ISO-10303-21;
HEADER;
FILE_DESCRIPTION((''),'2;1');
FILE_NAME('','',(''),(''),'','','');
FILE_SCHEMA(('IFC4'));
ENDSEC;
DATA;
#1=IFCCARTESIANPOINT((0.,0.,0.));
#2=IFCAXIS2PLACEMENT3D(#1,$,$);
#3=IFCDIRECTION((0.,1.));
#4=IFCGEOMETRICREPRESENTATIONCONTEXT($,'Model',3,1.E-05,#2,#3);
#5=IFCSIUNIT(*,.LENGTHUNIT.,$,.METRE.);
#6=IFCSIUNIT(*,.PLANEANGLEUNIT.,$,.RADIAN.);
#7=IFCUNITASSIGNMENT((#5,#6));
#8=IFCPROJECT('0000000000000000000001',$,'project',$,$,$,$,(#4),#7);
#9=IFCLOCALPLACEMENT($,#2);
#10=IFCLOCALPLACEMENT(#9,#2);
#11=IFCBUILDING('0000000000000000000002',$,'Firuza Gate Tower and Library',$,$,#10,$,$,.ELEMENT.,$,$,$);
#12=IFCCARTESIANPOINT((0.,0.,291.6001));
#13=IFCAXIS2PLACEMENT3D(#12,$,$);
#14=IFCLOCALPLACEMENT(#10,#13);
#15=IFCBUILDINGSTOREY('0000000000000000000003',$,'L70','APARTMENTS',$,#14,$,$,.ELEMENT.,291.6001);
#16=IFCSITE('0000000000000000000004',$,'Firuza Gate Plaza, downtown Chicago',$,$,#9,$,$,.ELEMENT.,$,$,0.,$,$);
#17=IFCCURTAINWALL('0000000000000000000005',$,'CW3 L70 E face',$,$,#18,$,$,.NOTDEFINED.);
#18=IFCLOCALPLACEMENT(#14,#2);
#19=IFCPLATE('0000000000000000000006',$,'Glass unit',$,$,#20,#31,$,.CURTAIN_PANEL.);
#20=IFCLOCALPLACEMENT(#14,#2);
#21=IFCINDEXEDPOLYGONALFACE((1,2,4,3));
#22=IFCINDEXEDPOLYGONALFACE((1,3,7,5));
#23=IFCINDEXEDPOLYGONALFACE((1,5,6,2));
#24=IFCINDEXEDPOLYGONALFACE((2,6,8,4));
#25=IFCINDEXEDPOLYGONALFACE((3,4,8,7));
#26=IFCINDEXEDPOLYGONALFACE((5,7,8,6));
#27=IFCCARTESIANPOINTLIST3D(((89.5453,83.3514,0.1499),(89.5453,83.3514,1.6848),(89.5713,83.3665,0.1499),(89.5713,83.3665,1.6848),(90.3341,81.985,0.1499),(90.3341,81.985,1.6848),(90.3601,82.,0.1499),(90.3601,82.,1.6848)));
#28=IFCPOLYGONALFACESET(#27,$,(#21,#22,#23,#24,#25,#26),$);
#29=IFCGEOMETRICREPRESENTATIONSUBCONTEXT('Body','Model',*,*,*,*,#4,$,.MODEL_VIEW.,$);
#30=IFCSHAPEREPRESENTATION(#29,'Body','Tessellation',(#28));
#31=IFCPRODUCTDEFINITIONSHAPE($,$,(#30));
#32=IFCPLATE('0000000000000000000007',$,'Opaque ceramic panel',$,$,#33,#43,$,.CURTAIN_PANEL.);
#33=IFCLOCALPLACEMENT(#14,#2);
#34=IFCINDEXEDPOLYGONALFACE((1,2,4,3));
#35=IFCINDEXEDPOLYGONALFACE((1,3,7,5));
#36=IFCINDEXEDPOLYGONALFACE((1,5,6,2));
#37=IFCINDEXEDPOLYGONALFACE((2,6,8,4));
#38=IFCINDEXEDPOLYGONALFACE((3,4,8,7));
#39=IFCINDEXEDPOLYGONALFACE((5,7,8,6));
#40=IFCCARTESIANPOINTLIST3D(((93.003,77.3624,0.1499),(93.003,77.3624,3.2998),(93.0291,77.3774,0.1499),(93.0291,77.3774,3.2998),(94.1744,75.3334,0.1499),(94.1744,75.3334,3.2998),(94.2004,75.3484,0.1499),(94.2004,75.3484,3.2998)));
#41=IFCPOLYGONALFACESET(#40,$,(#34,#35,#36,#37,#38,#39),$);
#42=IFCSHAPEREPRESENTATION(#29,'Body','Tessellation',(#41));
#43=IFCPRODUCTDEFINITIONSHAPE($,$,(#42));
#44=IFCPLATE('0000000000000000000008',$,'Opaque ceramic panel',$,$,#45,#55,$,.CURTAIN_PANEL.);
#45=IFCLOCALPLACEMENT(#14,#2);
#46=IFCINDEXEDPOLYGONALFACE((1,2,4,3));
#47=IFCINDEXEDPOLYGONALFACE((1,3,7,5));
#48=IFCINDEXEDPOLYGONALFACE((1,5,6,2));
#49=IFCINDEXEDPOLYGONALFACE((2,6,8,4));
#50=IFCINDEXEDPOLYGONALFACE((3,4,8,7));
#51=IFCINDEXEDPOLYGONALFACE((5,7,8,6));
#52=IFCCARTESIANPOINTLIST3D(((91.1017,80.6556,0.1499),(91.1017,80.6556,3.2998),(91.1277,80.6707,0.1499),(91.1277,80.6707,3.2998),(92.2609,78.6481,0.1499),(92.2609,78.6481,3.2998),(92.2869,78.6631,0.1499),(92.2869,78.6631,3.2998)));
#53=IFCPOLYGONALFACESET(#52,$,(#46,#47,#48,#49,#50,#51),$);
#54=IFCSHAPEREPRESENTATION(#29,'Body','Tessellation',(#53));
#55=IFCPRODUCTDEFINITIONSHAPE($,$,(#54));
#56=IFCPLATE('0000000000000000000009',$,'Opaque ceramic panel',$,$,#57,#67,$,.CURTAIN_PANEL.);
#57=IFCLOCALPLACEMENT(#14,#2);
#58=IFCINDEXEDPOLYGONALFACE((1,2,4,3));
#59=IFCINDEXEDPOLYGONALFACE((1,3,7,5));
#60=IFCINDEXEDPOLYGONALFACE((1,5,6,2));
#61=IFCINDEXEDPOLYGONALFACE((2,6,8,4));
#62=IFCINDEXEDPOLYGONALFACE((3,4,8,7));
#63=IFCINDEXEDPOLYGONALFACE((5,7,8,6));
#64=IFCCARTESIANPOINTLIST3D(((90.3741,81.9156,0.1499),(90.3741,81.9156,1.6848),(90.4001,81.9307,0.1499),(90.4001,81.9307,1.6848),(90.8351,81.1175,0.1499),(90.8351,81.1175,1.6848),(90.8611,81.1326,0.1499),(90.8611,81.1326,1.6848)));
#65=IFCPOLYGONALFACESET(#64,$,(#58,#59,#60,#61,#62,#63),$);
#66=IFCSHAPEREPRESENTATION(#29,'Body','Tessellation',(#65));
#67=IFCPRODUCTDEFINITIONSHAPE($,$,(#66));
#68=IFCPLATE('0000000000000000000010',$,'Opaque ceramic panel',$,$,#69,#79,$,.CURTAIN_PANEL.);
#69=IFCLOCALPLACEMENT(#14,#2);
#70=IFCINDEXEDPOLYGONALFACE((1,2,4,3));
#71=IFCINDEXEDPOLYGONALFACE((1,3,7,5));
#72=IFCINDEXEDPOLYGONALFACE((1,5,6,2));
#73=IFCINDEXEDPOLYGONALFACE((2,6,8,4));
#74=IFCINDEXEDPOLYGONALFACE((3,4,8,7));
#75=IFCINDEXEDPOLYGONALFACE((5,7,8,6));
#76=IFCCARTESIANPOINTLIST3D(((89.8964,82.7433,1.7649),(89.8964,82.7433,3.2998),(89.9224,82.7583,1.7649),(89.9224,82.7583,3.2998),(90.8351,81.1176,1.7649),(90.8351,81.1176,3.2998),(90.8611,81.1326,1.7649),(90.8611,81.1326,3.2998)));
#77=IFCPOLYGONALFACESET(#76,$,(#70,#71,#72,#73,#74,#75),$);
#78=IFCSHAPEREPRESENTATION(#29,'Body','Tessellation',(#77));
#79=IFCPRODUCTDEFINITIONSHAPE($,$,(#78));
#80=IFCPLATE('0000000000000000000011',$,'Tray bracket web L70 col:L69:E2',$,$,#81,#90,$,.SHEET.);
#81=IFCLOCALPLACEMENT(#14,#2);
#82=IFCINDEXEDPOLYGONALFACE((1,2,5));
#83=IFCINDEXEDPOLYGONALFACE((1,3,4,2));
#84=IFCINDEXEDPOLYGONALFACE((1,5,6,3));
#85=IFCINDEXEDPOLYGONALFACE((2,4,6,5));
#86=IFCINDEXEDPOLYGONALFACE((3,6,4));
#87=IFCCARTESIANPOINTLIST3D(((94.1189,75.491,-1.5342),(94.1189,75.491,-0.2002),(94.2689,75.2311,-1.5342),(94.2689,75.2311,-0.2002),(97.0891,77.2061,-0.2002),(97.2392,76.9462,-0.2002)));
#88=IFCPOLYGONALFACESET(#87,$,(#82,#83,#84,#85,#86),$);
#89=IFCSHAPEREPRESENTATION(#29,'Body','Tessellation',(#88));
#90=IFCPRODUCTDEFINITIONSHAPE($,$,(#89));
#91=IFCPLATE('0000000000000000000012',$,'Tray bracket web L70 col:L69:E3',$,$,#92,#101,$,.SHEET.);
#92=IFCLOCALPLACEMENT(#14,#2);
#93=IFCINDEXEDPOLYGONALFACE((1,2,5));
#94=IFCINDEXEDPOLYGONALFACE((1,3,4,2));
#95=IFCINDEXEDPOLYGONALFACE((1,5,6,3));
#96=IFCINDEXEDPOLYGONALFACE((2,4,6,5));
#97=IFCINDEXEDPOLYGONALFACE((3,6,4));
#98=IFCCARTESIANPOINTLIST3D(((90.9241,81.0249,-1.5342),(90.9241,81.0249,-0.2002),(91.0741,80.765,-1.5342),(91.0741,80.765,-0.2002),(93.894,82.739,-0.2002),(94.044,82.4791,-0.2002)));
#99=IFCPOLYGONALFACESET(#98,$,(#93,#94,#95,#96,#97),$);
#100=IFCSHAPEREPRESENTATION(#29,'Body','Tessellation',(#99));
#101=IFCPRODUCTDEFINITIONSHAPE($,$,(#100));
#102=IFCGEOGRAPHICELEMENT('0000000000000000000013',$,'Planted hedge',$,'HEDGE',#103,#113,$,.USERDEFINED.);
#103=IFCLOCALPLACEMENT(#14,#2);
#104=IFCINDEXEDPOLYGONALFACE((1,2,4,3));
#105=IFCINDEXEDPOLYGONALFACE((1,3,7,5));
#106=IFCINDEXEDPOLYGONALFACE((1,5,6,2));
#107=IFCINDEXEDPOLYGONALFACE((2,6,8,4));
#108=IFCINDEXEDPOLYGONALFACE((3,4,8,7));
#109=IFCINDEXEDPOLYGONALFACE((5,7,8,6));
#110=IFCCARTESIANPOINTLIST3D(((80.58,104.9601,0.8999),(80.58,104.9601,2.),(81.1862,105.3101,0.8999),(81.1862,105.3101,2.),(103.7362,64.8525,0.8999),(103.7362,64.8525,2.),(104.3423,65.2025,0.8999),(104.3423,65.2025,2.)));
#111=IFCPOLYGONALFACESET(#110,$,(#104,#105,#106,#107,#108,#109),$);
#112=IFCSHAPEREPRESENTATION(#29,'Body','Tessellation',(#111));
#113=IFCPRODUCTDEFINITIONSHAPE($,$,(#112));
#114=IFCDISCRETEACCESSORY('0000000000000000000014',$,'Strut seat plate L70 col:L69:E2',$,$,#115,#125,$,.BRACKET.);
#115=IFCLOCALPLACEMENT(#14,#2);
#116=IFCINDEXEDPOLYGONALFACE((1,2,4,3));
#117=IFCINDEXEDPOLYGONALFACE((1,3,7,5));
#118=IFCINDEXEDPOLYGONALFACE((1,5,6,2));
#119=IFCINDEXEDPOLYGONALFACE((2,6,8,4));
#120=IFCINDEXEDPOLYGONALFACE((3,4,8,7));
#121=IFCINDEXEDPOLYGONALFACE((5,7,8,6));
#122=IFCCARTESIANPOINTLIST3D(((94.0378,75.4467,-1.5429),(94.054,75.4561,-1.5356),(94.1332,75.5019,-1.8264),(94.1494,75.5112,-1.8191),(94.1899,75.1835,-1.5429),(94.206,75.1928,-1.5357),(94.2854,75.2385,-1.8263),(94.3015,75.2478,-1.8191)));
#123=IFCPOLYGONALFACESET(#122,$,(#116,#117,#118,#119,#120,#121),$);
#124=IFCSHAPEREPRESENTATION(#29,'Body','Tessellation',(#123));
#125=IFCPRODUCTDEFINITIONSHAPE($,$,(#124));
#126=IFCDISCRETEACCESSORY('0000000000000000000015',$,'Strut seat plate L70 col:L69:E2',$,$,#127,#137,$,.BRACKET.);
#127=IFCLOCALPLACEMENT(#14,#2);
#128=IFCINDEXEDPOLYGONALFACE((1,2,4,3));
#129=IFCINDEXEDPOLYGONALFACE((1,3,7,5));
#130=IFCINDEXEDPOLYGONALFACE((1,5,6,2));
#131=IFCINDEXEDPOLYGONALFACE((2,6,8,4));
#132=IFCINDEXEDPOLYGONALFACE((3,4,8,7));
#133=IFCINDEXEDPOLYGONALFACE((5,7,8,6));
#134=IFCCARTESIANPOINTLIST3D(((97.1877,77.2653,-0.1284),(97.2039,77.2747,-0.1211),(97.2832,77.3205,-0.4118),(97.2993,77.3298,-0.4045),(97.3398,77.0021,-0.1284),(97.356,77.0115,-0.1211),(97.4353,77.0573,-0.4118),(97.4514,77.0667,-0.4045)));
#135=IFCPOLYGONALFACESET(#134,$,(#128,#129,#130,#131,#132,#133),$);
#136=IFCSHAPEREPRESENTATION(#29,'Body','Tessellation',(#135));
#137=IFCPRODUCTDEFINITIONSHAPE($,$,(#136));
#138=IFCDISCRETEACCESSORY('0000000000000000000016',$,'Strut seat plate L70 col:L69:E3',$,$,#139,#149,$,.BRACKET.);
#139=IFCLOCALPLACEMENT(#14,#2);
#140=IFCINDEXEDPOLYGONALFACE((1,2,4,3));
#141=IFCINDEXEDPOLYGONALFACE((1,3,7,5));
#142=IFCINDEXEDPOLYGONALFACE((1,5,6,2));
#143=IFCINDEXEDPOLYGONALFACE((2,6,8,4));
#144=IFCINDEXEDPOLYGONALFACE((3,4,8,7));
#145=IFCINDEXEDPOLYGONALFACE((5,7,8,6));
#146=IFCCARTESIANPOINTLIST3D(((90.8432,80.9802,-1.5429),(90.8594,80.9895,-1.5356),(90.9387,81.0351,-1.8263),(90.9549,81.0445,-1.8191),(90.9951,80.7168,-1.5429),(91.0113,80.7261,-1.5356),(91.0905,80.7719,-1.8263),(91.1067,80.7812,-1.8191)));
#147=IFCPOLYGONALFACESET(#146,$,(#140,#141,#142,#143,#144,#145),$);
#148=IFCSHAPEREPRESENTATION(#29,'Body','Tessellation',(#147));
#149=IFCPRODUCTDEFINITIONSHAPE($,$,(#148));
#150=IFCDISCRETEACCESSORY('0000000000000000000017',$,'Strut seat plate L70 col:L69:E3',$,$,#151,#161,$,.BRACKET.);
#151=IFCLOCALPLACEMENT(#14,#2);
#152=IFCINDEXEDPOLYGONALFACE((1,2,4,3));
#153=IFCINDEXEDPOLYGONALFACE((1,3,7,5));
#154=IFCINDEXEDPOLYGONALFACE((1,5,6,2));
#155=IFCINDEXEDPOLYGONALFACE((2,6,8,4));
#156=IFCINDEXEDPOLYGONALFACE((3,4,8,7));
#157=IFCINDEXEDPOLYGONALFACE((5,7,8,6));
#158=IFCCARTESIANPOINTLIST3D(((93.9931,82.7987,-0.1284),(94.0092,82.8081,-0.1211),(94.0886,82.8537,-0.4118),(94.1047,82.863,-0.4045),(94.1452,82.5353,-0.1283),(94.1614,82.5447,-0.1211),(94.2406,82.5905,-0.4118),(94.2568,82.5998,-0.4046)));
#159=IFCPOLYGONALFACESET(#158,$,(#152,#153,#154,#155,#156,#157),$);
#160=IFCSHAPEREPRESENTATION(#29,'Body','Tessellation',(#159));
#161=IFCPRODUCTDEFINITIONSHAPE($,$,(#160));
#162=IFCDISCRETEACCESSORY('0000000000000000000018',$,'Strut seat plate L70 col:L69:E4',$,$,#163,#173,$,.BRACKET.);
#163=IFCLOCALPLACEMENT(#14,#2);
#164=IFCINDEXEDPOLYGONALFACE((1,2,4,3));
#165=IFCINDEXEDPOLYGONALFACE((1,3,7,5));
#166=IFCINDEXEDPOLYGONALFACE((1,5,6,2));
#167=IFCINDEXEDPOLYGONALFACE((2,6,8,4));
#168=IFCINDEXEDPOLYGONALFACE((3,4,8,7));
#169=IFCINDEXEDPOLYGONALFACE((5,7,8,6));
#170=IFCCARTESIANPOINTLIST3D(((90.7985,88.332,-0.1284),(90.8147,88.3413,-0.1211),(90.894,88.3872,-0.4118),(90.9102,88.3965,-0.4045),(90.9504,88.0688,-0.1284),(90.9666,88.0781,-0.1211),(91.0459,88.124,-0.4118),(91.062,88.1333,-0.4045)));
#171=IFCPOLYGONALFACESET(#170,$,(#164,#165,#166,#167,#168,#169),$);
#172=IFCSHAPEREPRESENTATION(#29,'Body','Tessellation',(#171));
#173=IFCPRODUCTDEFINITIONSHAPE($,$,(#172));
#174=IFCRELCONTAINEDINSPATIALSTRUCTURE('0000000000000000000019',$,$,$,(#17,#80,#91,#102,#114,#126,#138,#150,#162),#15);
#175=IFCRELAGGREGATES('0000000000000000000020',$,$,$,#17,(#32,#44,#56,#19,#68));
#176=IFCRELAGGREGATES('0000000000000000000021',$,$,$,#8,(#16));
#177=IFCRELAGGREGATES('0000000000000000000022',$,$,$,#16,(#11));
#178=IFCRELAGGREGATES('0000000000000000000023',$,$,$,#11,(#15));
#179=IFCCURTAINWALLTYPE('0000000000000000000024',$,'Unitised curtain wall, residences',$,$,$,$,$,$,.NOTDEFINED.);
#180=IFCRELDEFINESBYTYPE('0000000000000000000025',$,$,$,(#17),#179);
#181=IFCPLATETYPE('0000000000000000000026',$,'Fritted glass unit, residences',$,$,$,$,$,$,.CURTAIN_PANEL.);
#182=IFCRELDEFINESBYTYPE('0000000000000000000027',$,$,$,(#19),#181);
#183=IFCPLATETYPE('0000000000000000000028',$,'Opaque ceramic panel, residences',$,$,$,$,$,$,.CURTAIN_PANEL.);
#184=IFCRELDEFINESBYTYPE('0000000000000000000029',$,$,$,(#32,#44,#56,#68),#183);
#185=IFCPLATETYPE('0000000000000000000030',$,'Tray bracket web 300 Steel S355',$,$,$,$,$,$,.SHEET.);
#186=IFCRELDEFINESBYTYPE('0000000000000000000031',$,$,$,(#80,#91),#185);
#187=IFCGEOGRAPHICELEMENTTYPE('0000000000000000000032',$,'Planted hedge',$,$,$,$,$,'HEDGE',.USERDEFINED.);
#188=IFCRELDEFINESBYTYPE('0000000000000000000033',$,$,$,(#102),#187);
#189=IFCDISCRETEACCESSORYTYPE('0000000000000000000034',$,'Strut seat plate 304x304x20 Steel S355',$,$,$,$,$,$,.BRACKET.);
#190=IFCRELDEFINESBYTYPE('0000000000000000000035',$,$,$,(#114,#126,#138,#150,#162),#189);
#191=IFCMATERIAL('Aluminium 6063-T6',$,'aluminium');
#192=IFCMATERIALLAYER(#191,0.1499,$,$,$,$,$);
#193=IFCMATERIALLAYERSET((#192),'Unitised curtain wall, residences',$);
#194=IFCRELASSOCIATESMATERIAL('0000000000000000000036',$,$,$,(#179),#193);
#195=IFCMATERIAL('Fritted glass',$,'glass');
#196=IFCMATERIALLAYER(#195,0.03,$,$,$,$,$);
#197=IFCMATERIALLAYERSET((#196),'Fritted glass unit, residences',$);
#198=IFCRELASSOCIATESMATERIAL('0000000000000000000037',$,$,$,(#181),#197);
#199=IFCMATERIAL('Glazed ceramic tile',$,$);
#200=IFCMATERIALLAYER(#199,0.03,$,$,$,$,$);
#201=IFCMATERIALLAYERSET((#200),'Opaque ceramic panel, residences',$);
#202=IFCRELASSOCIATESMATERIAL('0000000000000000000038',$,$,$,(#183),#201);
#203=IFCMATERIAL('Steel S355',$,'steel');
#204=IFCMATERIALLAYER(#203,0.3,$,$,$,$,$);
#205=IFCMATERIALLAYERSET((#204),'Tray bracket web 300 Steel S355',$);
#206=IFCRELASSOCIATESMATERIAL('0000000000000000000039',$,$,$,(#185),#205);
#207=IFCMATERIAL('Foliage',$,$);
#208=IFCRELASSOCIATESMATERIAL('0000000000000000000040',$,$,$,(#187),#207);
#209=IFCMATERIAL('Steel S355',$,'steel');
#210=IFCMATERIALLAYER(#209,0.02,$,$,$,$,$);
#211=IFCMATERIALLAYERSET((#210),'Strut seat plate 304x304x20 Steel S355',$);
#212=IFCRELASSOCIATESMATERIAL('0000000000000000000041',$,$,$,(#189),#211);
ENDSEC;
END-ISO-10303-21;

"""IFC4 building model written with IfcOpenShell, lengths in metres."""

from ifc_helpers import new_model, si_unit, direction, frame, origin, origin_2d, place, context, subcontext, project, spatial, polyline, rectangle, outline, extrude, material, layer, layer_set, type_object, element, aggregate, save


model = new_model("IFC4")

# Units and contexts
model_context = context("Model", 3, precision=1e-05, world=origin(), true_north=direction((0.0, 1.0)))
body_context = subcontext(model_context, "Body", "Model", "MODEL_VIEW")
ifc_project = project(units=[si_unit("LENGTHUNIT", "METRE"), si_unit("PLANEANGLEUNIT", "RADIAN")], contexts=[model_context])

# Site, building, storey
site_placement = place(None, origin())
site = spatial("IfcSite", under=ifc_project, at=site_placement, Name="Firuza Gate Plaza, downtown Chicago", CompositionType="ELEMENT", RefElevation=0.0)
building_placement = place(site_placement, origin())
building = spatial("IfcBuilding", under=site, at=building_placement, Name="Firuza Gate Tower and Library", CompositionType="ELEMENT")
storey_placement = place(building_placement, frame((0.0, 0.0, 291.6001)))
storey = spatial("IfcBuildingStorey", under=building, at=storey_placement, Name="L70", Description="APARTMENTS", CompositionType="ELEMENT", Elevation=291.6001)

# Curtain wall
ifc_material_1 = material(Name="Aluminium 6063-T6", Category="aluminium")
ifc_layer_1 = layer(ifc_material_1, 0.1499)
ifc_layer_set_1 = layer_set([ifc_layer_1], Name="Unitised curtain wall, residences")
curtain_wall_type = type_object("IfcCurtainWallType", Name="Unitised curtain wall, residences", PredefinedType="NOTDEFINED", material=ifc_layer_set_1)
curtain_wall_placement = place(storey_placement, origin())
curtain_wall = element("IfcCurtainWall", 1, at=curtain_wall_placement, inside=storey, type_object=curtain_wall_type, Name="CW3 L70 E face", PredefinedType="NOTDEFINED")

# Plates
ifc_material_2 = material(Name="Fritted glass", Category="glass")
ifc_layer_2 = layer(ifc_material_2, 0.03)
ifc_layer_set_2 = layer_set([ifc_layer_2], Name="Fritted glass unit, residences")
plate_type_1 = type_object("IfcPlateType", Name="Fritted glass unit, residences", PredefinedType="CURTAIN_PANEL", material=ifc_layer_set_2)
plate_1_placement = place(storey_placement, frame((90.3601, 82.0, 0.1499), z_axis=(0.866054, 0.49995, 0.0), x_axis=(-0.49995, 0.866054, 0.0)))
plate_1 = element("IfcPlate", 2, at=plate_1_placement, type_object=plate_type_1, Name="Glass unit", PredefinedType="CURTAIN_PANEL", context=body_context, shape_type="SweptSolid", body=[
    extrude(outline(polyline([(0.0, 0.0), (1.5778, 0.0), (1.5778, 1.5349), (0.0, 1.5349), (0.0, 0.0)])), origin(), (0.0, 0.0, -1.0), 0.03),
])
ifc_material_3 = material(Name="Glazed ceramic tile")
ifc_layer_3 = layer(ifc_material_3, 0.03)
ifc_layer_set_3 = layer_set([ifc_layer_3], Name="Opaque ceramic panel, residences")
plate_type_2 = type_object("IfcPlateType", Name="Opaque ceramic panel, residences", PredefinedType="CURTAIN_PANEL", material=ifc_layer_set_3)
plate_2_placement = place(storey_placement, frame((94.2004, 75.3484, 0.1499), z_axis=(0.866042, 0.499972, 0.0), x_axis=(-0.499972, 0.866042, 0.0)))
plate_2 = element("IfcPlate", 3, at=plate_2_placement, type_object=plate_type_2, Name="Opaque ceramic panel", PredefinedType="CURTAIN_PANEL", context=body_context, shape_type="SweptSolid", body=[
    extrude(outline(polyline([(0.0, 0.0), (2.3429, 0.0), (2.3429, 3.1499), (0.0, 3.1499), (0.0, 0.0)])), origin(), (0.0, 0.0, -1.0), 0.03),
])
plate_3_placement = place(storey_placement, frame((92.2869, 78.6631, 0.1499), z_axis=(0.866005, 0.500035, 0.0), x_axis=(-0.500035, 0.866005, 0.0)))
plate_3 = element("IfcPlate", 4, at=plate_3_placement, type_object=plate_type_2, Name="Opaque ceramic panel", PredefinedType="CURTAIN_PANEL", context=body_context, shape_type="SweptSolid", body=[
    extrude(outline(polyline([(0.0, 0.0), (2.3182, 0.0), (2.3182, 3.1499), (0.0, 3.1499), (0.0, 0.0)])), origin(), (0.0, 0.0, -1.0), 0.03),
])
plate_4_placement = place(storey_placement, frame((90.8611, 81.1326, 0.1499), z_axis=(0.865952, 0.500128, 0.0), x_axis=(-0.500128, 0.865952, 0.0)))
plate_4 = element("IfcPlate", 5, at=plate_4_placement, type_object=plate_type_2, Name="Opaque ceramic panel", PredefinedType="CURTAIN_PANEL", context=body_context, shape_type="SweptSolid", body=[
    extrude(outline(polyline([(0.0, 0.0), (0.9216, 0.0), (0.9216, 1.5349), (0.0, 1.5349), (0.0, 0.0)])), origin(), (0.0, 0.0, -1.0), 0.03),
])
plate_5_placement = place(storey_placement, frame((90.8611, 81.1326, 1.7649), z_axis=(0.866001, 0.500041, 0.0), x_axis=(-0.500041, 0.866001, 0.0)))
plate_5 = element("IfcPlate", 6, at=plate_5_placement, type_object=plate_type_2, Name="Opaque ceramic panel", PredefinedType="CURTAIN_PANEL", context=body_context, shape_type="SweptSolid", body=[
    extrude(outline(polyline([(0.0, 0.0), (1.8773, 0.0), (1.8773, 1.5349), (0.0, 1.5349), (0.0, 0.0)])), origin(), (0.0, 0.0, -1.0), 0.03),
])
aggregate(curtain_wall, [plate_2, plate_3, plate_4, plate_1, plate_5])

# Plates
ifc_material_4 = material(Name="Steel S355", Category="steel")
ifc_layer_4 = layer(ifc_material_4, 0.3)
ifc_layer_set_4 = layer_set([ifc_layer_4], Name="Tray bracket web 300 Steel S355")
plate_type_3 = type_object("IfcPlateType", Name="Tray bracket web 300 Steel S355", PredefinedType="SHEET", material=ifc_layer_set_4)
plate_6_placement = place(storey_placement, frame((94.1189, 75.491, -0.2002), z_axis=(-0.500051, 0.865996, 0.0), x_axis=(0.865996, 0.500051, 0.0)))
element("IfcPlate", 7, at=plate_6_placement, inside=storey, type_object=plate_type_3, Name="Tray bracket web L70 col:L69:E2", PredefinedType="SHEET", context=body_context, shape_type="SweptSolid", body=[
    extrude(outline(polyline([(0.0, 0.0), (3.4298, 0.0), (0.0, 1.334), (0.0, 0.0)])), origin(), (0.0, 0.0, -1.0), 0.3),
])
plate_7_placement = place(storey_placement, frame((90.9241, 81.0249, -0.2002), z_axis=(-0.499868, 0.866101, 0.0), x_axis=(0.866101, 0.499868, 0.0)))
element("IfcPlate", 8, at=plate_7_placement, inside=storey, type_object=plate_type_3, Name="Tray bracket web L70 col:L69:E3", PredefinedType="SHEET", context=body_context, shape_type="SweptSolid", body=[
    extrude(outline(polyline([(0.0, 0.0), (3.4291, 0.0), (0.0, 1.334), (0.0, 0.0)])), origin(), (0.0, 0.0, -1.0), 0.3),
])

# Geographic element
ifc_material_5 = material(Name="Foliage")
geographic_element_type = type_object("IfcGeographicElementType", Name="Planted hedge", ElementType="HEDGE", PredefinedType="USERDEFINED", material=ifc_material_5)
geographic_element_placement = place(storey_placement, frame((92.4612, 85.0813, 0.8999), z_axis=(0.0, 0.0, 1.0), x_axis=(-0.5, 0.866025, 0.0)))
element("IfcGeographicElement", 9, at=geographic_element_placement, inside=storey, type_object=geographic_element_type, Name="Planted hedge", ObjectType="HEDGE", PredefinedType="USERDEFINED", context=body_context, shape_type="SweptSolid", body=[
    extrude(rectangle(XDim=46.3123, YDim=0.7, at=origin_2d()), origin(), (0.0, 0.0, 1.0), 1.1001),
])

# Discrete accessories
ifc_material_6 = material(Name="Steel S355", Category="steel")
ifc_layer_5 = layer(ifc_material_6, 0.02)
ifc_layer_set_5 = layer_set([ifc_layer_5], Name="Strut seat plate 304x304x20 Steel S355")
discrete_accessory_type = type_object("IfcDiscreteAccessoryType", Name="Strut seat plate 304x304x20 Steel S355", PredefinedType="BRACKET", material=ifc_layer_set_5)
discrete_accessory_1_placement = place(storey_placement, frame((94.054, 75.4561, -1.5356), z_axis=(0.807065, 0.466204, 0.362353), x_axis=(0.50022, -0.865898, -0.000068)))
element("IfcDiscreteAccessory", 10, at=discrete_accessory_1_placement, inside=storey, type_object=discrete_accessory_type, Name="Strut seat plate L70 col:L69:E2", PredefinedType="BRACKET", context=body_context, shape_type="SweptSolid", body=[
    extrude(outline(polyline([(0.0, 0.0), (0.304, 0.0), (0.3042, 0.3041), (0.0, 0.3041), (0.0, 0.0)])), origin(), (0.0, 0.0, -1.0), 0.02),
])
discrete_accessory_2_placement = place(storey_placement, frame((97.356, 77.0115, -0.1211), z_axis=(0.806913, 0.466333, 0.362527), x_axis=(-0.500371, 0.865811, 0.0)))
element("IfcDiscreteAccessory", 11, at=discrete_accessory_2_placement, inside=storey, type_object=discrete_accessory_type, Name="Strut seat plate L70 col:L69:E2", PredefinedType="BRACKET", context=body_context, shape_type="SweptSolid", body=[
    extrude(outline(polyline([(0.0, 0.0), (0.304, 0.0), (0.304, -0.3041), (0.0, -0.3041), (0.0, 0.0)])), origin(), (0.0, 0.0, -1.0), 0.02),
])
discrete_accessory_3_placement = place(storey_placement, frame((90.8594, 80.9895, -1.5356), z_axis=(0.807389, 0.465643, 0.362353), x_axis=(0.499572, -0.866272, 0.000068)))
element("IfcDiscreteAccessory", 12, at=discrete_accessory_3_placement, inside=storey, type_object=discrete_accessory_type, Name="Strut seat plate L70 col:L69:E3", PredefinedType="BRACKET", context=body_context, shape_type="SweptSolid", body=[
    extrude(outline(polyline([(0.0, 0.0), (0.3041, 0.0), (0.3039, 0.3041), (0.0001, 0.3041), (0.0, 0.0)])), origin(), (0.0, 0.0, -1.0), 0.02),
])
discrete_accessory_4_placement = place(storey_placement, frame((94.1614, 82.5447, -0.1211), z_axis=(0.807065, 0.466204, 0.362353), x_axis=(-0.500175, 0.865925, -0.000068)))
element("IfcDiscreteAccessory", 13, at=discrete_accessory_4_placement, inside=storey, type_object=discrete_accessory_type, Name="Strut seat plate L70 col:L69:E3", PredefinedType="BRACKET", context=body_context, shape_type="SweptSolid", body=[
    extrude(outline(polyline([(0.0, 0.0), (0.3042, 0.0), (0.304, -0.3041), (0.0001, -0.3041), (0.0, 0.0)])), origin(), (0.0, 0.0, -1.0), 0.02),
])
discrete_accessory_5_placement = place(storey_placement, frame((90.9666, 88.0781, -0.1211), z_axis=(0.807237, 0.465771, 0.362527), x_axis=(-0.499769, 0.866159, 0.0)))
element("IfcDiscreteAccessory", 14, at=discrete_accessory_5_placement, inside=storey, type_object=discrete_accessory_type, Name="Strut seat plate L70 col:L69:E4", PredefinedType="BRACKET", context=body_context, shape_type="SweptSolid", body=[
    extrude(outline(polyline([(0.0, 0.0), (0.3039, 0.0), (0.3039, -0.3041), (0.0001, -0.3041), (0.0, 0.0)])), origin(), (0.0, 0.0, -1.0), 0.02),
])

save(model, "model.ifc")
